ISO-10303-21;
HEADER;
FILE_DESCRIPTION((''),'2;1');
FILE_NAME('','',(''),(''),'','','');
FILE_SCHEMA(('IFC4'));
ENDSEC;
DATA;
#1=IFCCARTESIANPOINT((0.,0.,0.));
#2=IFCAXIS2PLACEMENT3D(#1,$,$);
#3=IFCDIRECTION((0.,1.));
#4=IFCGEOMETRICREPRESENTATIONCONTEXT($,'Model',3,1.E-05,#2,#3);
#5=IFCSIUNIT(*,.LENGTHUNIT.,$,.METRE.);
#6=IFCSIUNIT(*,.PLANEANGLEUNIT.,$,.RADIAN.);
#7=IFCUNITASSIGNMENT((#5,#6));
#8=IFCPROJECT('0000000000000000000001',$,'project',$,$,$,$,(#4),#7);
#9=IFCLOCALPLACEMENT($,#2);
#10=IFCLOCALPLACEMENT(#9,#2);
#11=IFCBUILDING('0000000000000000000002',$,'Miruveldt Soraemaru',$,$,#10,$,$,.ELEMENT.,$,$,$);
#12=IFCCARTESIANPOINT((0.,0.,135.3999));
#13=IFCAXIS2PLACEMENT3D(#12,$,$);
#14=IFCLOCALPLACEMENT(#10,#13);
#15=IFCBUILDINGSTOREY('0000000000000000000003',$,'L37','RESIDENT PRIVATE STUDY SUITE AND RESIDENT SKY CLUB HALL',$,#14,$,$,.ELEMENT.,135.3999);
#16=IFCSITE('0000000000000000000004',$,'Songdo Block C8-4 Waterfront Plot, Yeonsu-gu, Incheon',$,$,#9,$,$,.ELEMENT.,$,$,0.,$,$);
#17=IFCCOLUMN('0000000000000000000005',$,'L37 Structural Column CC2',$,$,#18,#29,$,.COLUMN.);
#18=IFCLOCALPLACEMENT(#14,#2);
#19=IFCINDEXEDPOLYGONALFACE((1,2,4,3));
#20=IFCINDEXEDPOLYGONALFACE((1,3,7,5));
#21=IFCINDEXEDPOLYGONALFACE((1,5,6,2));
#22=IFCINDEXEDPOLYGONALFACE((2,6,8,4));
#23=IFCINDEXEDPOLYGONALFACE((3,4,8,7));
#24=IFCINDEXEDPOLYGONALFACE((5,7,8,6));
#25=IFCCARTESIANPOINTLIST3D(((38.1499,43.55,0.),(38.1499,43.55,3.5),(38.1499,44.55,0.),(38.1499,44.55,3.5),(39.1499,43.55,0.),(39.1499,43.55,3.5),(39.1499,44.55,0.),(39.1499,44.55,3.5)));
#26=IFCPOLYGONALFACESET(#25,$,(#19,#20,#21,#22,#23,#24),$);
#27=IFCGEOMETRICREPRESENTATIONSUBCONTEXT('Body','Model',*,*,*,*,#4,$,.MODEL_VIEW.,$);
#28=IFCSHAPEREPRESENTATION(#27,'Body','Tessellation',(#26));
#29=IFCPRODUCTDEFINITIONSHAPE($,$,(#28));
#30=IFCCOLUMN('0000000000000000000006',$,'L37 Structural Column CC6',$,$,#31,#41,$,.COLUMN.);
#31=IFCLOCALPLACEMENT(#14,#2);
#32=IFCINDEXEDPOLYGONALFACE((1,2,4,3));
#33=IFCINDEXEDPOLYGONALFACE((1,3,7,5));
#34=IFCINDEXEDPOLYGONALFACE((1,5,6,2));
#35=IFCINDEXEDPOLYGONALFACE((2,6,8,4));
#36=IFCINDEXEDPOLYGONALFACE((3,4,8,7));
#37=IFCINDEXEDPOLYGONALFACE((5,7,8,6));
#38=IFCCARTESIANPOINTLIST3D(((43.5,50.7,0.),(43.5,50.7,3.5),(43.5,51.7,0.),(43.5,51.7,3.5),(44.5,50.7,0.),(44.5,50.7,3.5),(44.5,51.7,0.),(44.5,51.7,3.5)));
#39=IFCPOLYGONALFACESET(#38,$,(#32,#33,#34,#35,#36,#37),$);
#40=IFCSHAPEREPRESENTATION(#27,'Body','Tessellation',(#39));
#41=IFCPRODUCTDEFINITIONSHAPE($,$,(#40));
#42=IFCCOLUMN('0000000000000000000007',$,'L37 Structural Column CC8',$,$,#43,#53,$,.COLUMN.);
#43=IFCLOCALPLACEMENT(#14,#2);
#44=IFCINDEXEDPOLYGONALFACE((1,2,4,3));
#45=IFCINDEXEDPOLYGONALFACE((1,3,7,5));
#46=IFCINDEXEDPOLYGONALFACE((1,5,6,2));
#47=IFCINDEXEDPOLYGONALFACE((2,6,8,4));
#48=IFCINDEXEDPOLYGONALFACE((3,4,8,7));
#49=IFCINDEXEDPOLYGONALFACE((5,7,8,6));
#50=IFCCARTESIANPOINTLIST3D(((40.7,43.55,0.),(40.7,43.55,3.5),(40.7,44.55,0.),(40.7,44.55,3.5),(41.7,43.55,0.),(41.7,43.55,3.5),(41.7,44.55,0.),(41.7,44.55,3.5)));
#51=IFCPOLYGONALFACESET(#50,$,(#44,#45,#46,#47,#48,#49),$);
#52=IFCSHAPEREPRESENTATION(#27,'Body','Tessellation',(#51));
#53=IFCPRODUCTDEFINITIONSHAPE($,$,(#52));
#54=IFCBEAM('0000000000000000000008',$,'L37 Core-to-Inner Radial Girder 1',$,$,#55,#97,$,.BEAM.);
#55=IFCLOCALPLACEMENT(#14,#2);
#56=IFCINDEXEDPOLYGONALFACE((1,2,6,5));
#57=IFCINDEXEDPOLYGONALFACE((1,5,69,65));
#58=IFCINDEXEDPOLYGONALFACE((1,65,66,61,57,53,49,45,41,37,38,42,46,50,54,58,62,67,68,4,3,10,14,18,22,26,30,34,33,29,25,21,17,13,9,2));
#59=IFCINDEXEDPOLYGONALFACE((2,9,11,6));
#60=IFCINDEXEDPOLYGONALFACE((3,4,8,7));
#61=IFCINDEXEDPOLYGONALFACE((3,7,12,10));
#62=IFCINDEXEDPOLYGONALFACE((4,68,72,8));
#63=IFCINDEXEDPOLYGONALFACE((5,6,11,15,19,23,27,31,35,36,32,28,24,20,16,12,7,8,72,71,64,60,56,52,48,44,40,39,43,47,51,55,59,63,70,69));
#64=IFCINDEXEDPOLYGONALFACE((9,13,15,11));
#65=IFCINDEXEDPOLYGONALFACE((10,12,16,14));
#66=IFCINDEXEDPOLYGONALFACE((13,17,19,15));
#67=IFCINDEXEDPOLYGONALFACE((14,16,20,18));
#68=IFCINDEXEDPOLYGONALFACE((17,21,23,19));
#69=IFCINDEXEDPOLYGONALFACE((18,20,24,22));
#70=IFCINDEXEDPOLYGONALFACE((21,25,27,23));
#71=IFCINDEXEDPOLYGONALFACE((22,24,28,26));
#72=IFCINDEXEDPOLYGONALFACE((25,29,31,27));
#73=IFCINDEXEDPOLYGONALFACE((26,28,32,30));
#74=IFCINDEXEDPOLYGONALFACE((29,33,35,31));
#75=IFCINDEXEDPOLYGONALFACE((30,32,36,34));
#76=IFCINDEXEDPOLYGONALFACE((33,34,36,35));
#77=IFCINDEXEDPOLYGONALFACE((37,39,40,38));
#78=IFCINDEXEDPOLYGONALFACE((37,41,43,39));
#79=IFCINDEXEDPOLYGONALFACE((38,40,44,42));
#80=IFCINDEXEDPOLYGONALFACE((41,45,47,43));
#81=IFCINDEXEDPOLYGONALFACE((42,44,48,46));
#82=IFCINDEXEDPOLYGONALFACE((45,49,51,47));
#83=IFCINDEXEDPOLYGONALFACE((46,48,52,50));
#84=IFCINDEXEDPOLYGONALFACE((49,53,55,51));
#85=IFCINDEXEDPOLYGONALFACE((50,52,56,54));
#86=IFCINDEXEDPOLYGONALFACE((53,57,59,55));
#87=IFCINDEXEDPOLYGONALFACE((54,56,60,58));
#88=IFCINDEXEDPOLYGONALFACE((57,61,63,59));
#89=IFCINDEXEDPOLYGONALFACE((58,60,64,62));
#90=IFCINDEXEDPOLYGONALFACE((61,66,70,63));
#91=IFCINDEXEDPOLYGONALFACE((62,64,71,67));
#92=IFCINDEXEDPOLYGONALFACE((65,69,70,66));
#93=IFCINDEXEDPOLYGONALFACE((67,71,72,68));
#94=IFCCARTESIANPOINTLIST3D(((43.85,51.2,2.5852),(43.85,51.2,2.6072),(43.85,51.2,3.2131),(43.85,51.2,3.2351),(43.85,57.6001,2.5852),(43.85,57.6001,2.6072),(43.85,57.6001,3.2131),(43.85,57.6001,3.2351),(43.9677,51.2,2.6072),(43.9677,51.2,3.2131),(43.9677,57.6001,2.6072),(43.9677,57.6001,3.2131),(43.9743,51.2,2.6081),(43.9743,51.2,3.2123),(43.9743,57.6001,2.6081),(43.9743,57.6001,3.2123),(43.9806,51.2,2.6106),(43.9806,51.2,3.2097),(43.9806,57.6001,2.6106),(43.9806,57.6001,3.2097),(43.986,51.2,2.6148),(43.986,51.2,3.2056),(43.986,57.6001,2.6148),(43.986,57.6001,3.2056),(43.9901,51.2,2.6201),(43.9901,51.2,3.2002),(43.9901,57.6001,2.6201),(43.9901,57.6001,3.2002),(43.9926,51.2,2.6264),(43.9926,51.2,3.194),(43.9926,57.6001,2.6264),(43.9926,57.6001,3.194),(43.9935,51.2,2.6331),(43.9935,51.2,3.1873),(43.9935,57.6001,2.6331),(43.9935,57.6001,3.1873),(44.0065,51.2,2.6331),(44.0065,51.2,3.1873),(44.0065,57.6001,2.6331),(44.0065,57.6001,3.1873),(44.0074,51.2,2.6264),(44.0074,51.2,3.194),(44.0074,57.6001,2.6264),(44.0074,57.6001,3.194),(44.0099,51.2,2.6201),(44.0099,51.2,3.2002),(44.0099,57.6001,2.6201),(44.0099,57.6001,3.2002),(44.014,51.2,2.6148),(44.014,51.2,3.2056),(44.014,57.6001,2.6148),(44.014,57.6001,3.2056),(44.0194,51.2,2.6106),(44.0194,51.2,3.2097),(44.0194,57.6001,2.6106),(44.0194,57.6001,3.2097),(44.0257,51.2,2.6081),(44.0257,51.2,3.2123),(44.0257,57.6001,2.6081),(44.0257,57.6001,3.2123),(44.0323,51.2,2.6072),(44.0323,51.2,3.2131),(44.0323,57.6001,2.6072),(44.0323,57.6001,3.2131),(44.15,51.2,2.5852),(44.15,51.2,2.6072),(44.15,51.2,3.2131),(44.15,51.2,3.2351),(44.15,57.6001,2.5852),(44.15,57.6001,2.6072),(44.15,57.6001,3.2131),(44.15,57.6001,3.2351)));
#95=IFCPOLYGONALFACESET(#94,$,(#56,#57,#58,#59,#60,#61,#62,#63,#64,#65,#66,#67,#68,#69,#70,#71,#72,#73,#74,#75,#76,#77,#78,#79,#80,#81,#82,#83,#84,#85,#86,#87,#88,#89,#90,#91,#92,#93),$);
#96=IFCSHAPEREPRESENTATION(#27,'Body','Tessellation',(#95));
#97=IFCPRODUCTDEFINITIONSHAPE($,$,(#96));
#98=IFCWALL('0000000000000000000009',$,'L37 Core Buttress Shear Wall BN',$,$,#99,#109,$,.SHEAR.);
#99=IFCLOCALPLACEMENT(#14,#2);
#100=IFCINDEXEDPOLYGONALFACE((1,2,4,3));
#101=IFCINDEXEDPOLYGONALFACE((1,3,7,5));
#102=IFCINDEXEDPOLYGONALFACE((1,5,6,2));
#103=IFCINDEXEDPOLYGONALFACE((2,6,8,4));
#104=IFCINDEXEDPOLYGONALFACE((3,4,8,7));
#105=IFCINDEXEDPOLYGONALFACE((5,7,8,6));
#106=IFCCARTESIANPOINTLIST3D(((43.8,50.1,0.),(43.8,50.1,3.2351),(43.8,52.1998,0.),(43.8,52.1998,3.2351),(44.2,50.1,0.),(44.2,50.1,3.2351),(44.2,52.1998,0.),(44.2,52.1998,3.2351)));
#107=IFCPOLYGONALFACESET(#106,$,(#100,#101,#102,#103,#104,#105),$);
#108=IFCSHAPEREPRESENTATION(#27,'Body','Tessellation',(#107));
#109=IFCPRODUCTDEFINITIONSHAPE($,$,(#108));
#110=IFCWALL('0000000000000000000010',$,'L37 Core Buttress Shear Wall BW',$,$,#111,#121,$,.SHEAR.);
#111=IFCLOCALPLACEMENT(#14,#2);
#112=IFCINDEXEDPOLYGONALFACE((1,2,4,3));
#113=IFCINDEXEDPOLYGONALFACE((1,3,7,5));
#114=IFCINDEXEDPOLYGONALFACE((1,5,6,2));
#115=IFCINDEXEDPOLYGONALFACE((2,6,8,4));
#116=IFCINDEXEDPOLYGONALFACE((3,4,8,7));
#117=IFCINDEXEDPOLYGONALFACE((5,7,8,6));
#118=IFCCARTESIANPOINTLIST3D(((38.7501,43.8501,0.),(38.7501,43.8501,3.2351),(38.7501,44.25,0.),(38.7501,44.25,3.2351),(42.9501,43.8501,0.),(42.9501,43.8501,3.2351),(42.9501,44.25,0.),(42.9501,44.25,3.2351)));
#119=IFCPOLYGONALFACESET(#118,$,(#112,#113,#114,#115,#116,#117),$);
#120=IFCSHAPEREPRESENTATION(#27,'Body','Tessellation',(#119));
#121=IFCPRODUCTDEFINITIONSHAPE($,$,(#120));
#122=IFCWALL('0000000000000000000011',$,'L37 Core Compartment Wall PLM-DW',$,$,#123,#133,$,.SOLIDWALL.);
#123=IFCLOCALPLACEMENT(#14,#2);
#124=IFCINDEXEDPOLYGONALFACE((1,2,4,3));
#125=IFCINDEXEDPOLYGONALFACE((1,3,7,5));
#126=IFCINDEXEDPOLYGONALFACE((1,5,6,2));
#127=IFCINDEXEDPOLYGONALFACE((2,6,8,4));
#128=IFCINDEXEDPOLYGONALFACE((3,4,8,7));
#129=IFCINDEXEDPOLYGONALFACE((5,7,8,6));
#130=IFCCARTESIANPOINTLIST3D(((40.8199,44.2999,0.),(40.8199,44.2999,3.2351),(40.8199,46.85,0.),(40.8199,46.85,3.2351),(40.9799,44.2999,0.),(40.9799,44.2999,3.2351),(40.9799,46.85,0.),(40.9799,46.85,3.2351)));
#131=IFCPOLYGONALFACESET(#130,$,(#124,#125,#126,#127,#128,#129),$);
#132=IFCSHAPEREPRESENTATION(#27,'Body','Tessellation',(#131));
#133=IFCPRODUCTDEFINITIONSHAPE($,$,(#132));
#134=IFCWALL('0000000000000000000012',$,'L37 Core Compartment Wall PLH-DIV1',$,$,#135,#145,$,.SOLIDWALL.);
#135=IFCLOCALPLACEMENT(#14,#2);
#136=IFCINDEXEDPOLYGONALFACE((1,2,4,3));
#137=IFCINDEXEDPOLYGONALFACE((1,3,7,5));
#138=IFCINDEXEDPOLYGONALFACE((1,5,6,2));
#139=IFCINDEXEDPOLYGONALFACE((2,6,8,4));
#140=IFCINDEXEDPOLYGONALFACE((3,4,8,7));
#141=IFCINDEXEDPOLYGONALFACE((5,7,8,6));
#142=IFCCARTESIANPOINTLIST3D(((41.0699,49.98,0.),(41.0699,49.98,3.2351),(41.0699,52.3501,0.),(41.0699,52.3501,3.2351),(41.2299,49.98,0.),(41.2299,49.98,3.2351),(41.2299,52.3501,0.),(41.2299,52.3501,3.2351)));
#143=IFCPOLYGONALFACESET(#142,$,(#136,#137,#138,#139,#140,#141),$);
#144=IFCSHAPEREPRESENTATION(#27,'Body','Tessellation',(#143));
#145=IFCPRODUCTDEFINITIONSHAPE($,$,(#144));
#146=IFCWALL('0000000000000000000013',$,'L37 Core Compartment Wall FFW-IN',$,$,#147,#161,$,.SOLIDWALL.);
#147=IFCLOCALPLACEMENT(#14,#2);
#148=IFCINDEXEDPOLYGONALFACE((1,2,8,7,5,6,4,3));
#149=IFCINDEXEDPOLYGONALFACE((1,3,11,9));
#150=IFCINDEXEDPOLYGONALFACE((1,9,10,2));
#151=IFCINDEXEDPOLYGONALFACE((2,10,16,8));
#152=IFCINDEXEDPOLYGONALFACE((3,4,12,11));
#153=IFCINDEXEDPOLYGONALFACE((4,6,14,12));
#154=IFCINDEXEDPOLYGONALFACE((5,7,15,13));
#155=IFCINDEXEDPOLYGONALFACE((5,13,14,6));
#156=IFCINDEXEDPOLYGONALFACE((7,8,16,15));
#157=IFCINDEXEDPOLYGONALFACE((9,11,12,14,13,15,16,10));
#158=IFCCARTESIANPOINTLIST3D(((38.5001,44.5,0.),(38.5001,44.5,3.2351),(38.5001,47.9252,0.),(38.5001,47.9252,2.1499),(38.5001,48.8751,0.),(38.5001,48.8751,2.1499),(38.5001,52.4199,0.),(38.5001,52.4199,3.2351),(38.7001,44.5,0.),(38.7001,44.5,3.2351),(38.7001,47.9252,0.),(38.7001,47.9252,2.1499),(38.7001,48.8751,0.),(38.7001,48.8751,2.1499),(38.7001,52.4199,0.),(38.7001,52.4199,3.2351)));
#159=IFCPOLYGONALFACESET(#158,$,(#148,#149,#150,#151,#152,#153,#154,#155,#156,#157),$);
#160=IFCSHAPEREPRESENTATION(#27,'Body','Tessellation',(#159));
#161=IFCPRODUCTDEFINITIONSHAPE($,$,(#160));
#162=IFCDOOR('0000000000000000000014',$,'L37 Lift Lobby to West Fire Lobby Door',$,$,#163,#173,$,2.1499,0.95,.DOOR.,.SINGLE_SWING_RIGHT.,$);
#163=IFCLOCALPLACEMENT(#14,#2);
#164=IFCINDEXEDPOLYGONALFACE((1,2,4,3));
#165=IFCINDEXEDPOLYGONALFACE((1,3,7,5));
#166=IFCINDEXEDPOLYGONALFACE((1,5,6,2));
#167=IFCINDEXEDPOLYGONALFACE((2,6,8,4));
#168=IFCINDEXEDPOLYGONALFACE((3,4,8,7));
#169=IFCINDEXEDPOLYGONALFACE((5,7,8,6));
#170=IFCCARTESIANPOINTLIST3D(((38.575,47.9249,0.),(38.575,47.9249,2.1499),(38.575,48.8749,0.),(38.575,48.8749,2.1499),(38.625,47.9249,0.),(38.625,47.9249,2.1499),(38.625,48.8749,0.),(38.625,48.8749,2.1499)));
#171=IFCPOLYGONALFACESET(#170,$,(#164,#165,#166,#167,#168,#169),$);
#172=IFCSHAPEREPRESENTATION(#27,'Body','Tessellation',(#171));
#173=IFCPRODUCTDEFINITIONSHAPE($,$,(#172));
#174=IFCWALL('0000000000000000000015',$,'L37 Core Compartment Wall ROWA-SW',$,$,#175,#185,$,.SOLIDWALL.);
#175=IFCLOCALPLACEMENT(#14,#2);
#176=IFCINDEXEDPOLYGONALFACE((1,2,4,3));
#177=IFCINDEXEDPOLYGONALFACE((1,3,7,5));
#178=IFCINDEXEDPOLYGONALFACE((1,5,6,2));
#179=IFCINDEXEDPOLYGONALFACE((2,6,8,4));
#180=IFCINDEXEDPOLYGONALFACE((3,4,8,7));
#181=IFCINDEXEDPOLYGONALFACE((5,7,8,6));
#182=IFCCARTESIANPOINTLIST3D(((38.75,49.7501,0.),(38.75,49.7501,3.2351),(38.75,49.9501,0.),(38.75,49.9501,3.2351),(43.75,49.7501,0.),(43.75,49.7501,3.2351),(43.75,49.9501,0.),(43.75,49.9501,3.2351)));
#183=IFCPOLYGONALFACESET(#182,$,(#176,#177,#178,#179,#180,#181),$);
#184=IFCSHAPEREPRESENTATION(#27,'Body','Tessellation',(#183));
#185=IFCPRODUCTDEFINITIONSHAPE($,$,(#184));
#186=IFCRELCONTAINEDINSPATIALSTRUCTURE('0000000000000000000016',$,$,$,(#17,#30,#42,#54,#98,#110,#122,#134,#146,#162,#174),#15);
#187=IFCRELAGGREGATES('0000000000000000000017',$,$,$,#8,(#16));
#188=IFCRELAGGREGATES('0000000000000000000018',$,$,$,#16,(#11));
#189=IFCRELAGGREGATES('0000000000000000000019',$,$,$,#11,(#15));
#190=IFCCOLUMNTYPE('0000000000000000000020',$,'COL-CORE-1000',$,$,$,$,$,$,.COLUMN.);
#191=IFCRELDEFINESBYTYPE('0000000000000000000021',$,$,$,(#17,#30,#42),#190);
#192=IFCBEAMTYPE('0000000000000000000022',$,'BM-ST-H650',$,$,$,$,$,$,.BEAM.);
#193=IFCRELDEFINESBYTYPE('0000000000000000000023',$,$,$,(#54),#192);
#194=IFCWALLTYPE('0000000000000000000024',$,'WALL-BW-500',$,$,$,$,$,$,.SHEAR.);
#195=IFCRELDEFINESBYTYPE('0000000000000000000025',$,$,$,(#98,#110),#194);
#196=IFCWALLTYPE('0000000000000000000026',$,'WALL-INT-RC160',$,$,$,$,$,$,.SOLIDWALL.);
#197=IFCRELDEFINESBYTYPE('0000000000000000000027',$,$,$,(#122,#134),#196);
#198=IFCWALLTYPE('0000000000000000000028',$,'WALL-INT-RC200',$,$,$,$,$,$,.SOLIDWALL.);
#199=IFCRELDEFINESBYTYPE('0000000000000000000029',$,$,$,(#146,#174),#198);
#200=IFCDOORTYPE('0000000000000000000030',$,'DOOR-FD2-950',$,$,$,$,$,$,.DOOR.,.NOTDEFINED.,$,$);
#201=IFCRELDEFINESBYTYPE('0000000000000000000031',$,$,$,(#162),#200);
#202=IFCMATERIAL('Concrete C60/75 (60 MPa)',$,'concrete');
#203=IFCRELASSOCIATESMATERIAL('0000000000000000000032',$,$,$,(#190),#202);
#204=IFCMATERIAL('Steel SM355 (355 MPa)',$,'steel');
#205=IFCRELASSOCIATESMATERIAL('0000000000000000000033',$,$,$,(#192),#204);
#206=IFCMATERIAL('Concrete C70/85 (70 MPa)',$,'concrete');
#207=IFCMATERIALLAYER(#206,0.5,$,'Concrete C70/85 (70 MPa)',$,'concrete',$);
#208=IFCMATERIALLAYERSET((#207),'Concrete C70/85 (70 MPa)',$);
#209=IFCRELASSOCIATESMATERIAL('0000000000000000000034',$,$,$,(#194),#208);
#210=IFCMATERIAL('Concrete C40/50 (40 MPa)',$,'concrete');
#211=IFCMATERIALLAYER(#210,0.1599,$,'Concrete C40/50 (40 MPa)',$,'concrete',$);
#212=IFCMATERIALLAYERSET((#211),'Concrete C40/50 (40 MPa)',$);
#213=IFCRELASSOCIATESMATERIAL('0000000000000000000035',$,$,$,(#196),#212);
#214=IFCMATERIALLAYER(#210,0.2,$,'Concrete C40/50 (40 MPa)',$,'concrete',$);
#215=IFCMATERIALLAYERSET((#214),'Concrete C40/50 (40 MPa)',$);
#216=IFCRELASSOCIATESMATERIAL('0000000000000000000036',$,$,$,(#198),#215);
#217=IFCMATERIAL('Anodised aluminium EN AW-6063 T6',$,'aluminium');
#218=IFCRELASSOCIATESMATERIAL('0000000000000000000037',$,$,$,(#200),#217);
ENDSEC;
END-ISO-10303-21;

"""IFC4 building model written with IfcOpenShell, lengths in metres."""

from ifc_helpers import new_model, si_unit, direction, frame, frame_2d, origin, origin_2d, place, context, subcontext, project, spatial, rectangle, i_section, extrude, material, layer, layer_set, material_profile, profile_set, type_object, element, fill, save


model = new_model("IFC4")

# Units and contexts
model_context = context("Model", 3, precision=1e-05, world=origin(), true_north=direction((0.0, 1.0)))
body_context = subcontext(model_context, "Body", "Model", "MODEL_VIEW")
ifc_project = project(units=[si_unit("LENGTHUNIT", "METRE"), si_unit("PLANEANGLEUNIT", "RADIAN")], contexts=[model_context])

# Site, building, storey
site_placement = place(None, origin())
site = spatial("IfcSite", under=ifc_project, at=site_placement, Name="Songdo Block C8-4 Waterfront Plot, Yeonsu-gu, Incheon", CompositionType="ELEMENT", RefElevation=0.0)
building_placement = place(site_placement, origin())
building = spatial("IfcBuilding", under=site, at=building_placement, Name="Miruveldt Soraemaru", CompositionType="ELEMENT")
storey_placement = place(building_placement, frame((0.0, 0.0, 135.3999)))
storey = spatial("IfcBuildingStorey", under=building, at=storey_placement, Name="L37", Description="RESIDENT PRIVATE STUDY SUITE AND RESIDENT SKY CLUB HALL", CompositionType="ELEMENT", Elevation=135.3999)

# Columns
ifc_material_1 = material(Name="Concrete C60/75 (60 MPa)", Category="concrete")
ifc_material_profile_1 = material_profile(ifc_material_1, rectangle(XDim=1.0, YDim=1.0, at=origin_2d()), Name="Concrete C60/75 (60 MPa)", Category="concrete")
ifc_profile_set_1 = profile_set([ifc_material_profile_1], Name="Concrete C60/75 (60 MPa)")
column_type = type_object("IfcColumnType", Name="COL-CORE-1000", PredefinedType="COLUMN", material=ifc_profile_set_1)
for number, where, z_axis, x_axis, name in (
    (1, (38.6499, 44.05, 0.0), (0.0, 0.0, 1.0), (1.0, 0.0, 0.0), "L37 Structural Column CC2"),
    (2, (44.0, 51.2, 0.0), (0.0, 0.0, 1.0), (1.0, 0.0, 0.0), "L37 Structural Column CC6"),
    (3, (41.2, 44.05, 0.0), (0.0, 0.0, 1.0), (1.0, 0.0, 0.0), "L37 Structural Column CC8"),
):
    element("IfcColumn", number, at=place(storey_placement, frame(where, z_axis=z_axis, x_axis=x_axis)), inside=storey, type_object=column_type, Name=name, PredefinedType="COLUMN", context=body_context, shape_type="SweptSolid", body=[
        extrude(rectangle(XDim=1.0, YDim=1.0, at=origin_2d()), origin(), (0.0, 0.0, 1.0), 3.5),
    ])

# Beam
ifc_material_2 = material(Name="Steel SM355 (355 MPa)", Category="steel")
ifc_material_profile_2 = material_profile(ifc_material_2, i_section(OverallWidth=0.3, OverallDepth=0.6499, WebThickness=0.0129, FlangeThickness=0.022, FilletRadius=0.0259, at=origin_2d()), Name="Steel SM355 (355 MPa)", Category="steel")
ifc_profile_set_2 = profile_set([ifc_material_profile_2], Name="Steel SM355 (355 MPa)")
beam_type = type_object("IfcBeamType", Name="BM-ST-H650", PredefinedType="BEAM", material=ifc_profile_set_2)
beam_placement = place(storey_placement, frame((44.0, 51.2, 2.9102), z_axis=(0.0, 1.0, 0.0), x_axis=(-1.0, 0.0, 0.0)))
element("IfcBeam", 4, at=beam_placement, inside=storey, type_object=beam_type, Name="L37 Core-to-Inner Radial Girder 1", PredefinedType="BEAM", context=body_context, shape_type="SweptSolid", body=[
    extrude(i_section(OverallWidth=0.3, OverallDepth=0.6499, WebThickness=0.0129, FlangeThickness=0.022, FilletRadius=0.0259, at=origin_2d()), origin(), (0.0, 0.0, 1.0), 6.4001),
])

# Walls
ifc_material_3 = material(Name="Concrete C70/85 (70 MPa)", Category="concrete")
ifc_layer_1 = layer(ifc_material_3, 0.5, Name="Concrete C70/85 (70 MPa)", Category="concrete")
ifc_layer_set_1 = layer_set([ifc_layer_1], Name="Concrete C70/85 (70 MPa)")
wall_type_1 = type_object("IfcWallType", Name="WALL-BW-500", PredefinedType="SHEAR", material=ifc_layer_set_1)
wall_1_placement = place(storey_placement, frame((44.0, 50.1001, 0.0), z_axis=(0.0, 0.0, 1.0), x_axis=(0.0, 1.0, 0.0)))
element("IfcWall", 5, at=wall_1_placement, inside=storey, type_object=wall_type_1, Name="L37 Core Buttress Shear Wall BN", PredefinedType="SHEAR", context=body_context, shape_type="SweptSolid", body=[
    extrude(rectangle(XDim=2.0999, YDim=0.3999, at=frame_2d((1.0498, 0.0))), origin(), (0.0, 0.0, 1.0), 3.2351),
])
wall_2_placement = place(storey_placement, frame((38.75, 44.05, 0.0), z_axis=(0.0, 0.0, 1.0), x_axis=(1.0, 0.0, 0.0)))
element("IfcWall", 6, at=wall_2_placement, inside=storey, type_object=wall_type_1, Name="L37 Core Buttress Shear Wall BW", PredefinedType="SHEAR", context=body_context, shape_type="SweptSolid", body=[
    extrude(rectangle(XDim=4.2, YDim=0.3999, at=frame_2d((2.1001, 0.0))), origin(), (0.0, 0.0, 1.0), 3.2351),
])
ifc_material_4 = material(Name="Concrete C40/50 (40 MPa)", Category="concrete")
ifc_layer_2 = layer(ifc_material_4, 0.1599, Name="Concrete C40/50 (40 MPa)", Category="concrete")
ifc_layer_set_2 = layer_set([ifc_layer_2], Name="Concrete C40/50 (40 MPa)")
wall_type_2 = type_object("IfcWallType", Name="WALL-INT-RC160", PredefinedType="SOLIDWALL", material=ifc_layer_set_2)
wall_3_placement = place(storey_placement, frame((40.8999, 44.3, 0.0), z_axis=(0.0, 0.0, 1.0), x_axis=(0.0, 1.0, 0.0)))
element("IfcWall", 7, at=wall_3_placement, inside=storey, type_object=wall_type_2, Name="L37 Core Compartment Wall PLM-DW", PredefinedType="SOLIDWALL", context=body_context, shape_type="SweptSolid", body=[
    extrude(rectangle(XDim=2.55, YDim=0.1599, at=frame_2d((1.2749, 0.0))), origin(), (0.0, 0.0, 1.0), 3.2351),
])
wall_4_placement = place(storey_placement, frame((41.1499, 49.98, 0.0), z_axis=(0.0, 0.0, 1.0), x_axis=(0.0, 1.0, 0.0)))
element("IfcWall", 8, at=wall_4_placement, inside=storey, type_object=wall_type_2, Name="L37 Core Compartment Wall PLH-DIV1", PredefinedType="SOLIDWALL", context=body_context, shape_type="SweptSolid", body=[
    extrude(rectangle(XDim=2.3701, YDim=0.1599, at=frame_2d((1.1851, 0.0))), origin(), (0.0, 0.0, 1.0), 3.2351),
])

# Wall, opening, door
ifc_layer_3 = layer(ifc_material_4, 0.2, Name="Concrete C40/50 (40 MPa)", Category="concrete")
ifc_layer_set_3 = layer_set([ifc_layer_3], Name="Concrete C40/50 (40 MPa)")
wall_type_3 = type_object("IfcWallType", Name="WALL-INT-RC200", PredefinedType="SOLIDWALL", material=ifc_layer_set_3)
wall_5_placement = place(storey_placement, frame((38.6001, 44.5, 0.0), z_axis=(0.0, 0.0, 1.0), x_axis=(0.0, 1.0, 0.0)))
wall_5 = element("IfcWall", 9, at=wall_5_placement, inside=storey, type_object=wall_type_3, Name="L37 Core Compartment Wall FFW-IN", PredefinedType="SOLIDWALL", context=body_context, shape_type="SweptSolid", body=[
    extrude(rectangle(XDim=7.9199, YDim=0.2, at=frame_2d((3.96, 0.0))), origin(), (0.0, 0.0, 1.0), 3.2351),
])
opening_1_placement = place(wall_5_placement, frame((3.425, 0.0, 0.0)))
opening_1 = element("IfcOpeningElement", 10, at=opening_1_placement, cuts=wall_5, PredefinedType="OPENING", context=body_context, shape_type="SweptSolid", body=[
    extrude(rectangle(XDim=0.95, YDim=2.1499, at=frame_2d((0.4751, 1.075))), frame((0.0, 0.1099, 0.0), z_axis=(0.0, -1.0, 0.0), x_axis=(1.0, 0.0, 0.0)), (0.0, 0.0, 1.0), 0.22),
])
ifc_material_5 = material(Name="Anodised aluminium EN AW-6063 T6", Category="aluminium")
door_type_1 = type_object("IfcDoorType", Name="DOOR-FD2-950", OperationType="NOTDEFINED", PredefinedType="DOOR", material=ifc_material_5)
door_1_placement = place(opening_1_placement, frame((0.95, 0.0, 0.0), z_axis=(0.0, 0.0, 1.0), x_axis=(-1.0, 0.0, 0.0)))
door_1 = element("IfcDoor", 11, at=door_1_placement, inside=storey, type_object=door_type_1, Name="L37 Lift Lobby to West Fire Lobby Door", OperationType="SINGLE_SWING_RIGHT", OverallHeight=2.1499, OverallWidth=0.95, PredefinedType="DOOR", context=body_context, shape_type="SweptSolid", body=[
    extrude(rectangle(XDim=0.95, YDim=2.1499, at=frame_2d((0.4751, 1.075))), frame((0.0, 0.0249, 0.0), z_axis=(0.0, -1.0, 0.0), x_axis=(1.0, 0.0, 0.0)), (0.0, 0.0, 1.0), 0.05),
])
fill(opening_1, door_1)

# Wall
wall_6_placement = place(storey_placement, frame((38.75, 49.8501, 0.0), z_axis=(0.0, 0.0, 1.0), x_axis=(1.0, 0.0, 0.0)))
element("IfcWall", 12, at=wall_6_placement, inside=storey, type_object=wall_type_3, Name="L37 Core Compartment Wall ROWA-SW", PredefinedType="SOLIDWALL", context=body_context, shape_type="SweptSolid", body=[
    extrude(rectangle(XDim=5.0, YDim=0.2, at=frame_2d((2.5, 0.0))), origin(), (0.0, 0.0, 1.0), 3.2351),
])

save(model, "model.ifc")
